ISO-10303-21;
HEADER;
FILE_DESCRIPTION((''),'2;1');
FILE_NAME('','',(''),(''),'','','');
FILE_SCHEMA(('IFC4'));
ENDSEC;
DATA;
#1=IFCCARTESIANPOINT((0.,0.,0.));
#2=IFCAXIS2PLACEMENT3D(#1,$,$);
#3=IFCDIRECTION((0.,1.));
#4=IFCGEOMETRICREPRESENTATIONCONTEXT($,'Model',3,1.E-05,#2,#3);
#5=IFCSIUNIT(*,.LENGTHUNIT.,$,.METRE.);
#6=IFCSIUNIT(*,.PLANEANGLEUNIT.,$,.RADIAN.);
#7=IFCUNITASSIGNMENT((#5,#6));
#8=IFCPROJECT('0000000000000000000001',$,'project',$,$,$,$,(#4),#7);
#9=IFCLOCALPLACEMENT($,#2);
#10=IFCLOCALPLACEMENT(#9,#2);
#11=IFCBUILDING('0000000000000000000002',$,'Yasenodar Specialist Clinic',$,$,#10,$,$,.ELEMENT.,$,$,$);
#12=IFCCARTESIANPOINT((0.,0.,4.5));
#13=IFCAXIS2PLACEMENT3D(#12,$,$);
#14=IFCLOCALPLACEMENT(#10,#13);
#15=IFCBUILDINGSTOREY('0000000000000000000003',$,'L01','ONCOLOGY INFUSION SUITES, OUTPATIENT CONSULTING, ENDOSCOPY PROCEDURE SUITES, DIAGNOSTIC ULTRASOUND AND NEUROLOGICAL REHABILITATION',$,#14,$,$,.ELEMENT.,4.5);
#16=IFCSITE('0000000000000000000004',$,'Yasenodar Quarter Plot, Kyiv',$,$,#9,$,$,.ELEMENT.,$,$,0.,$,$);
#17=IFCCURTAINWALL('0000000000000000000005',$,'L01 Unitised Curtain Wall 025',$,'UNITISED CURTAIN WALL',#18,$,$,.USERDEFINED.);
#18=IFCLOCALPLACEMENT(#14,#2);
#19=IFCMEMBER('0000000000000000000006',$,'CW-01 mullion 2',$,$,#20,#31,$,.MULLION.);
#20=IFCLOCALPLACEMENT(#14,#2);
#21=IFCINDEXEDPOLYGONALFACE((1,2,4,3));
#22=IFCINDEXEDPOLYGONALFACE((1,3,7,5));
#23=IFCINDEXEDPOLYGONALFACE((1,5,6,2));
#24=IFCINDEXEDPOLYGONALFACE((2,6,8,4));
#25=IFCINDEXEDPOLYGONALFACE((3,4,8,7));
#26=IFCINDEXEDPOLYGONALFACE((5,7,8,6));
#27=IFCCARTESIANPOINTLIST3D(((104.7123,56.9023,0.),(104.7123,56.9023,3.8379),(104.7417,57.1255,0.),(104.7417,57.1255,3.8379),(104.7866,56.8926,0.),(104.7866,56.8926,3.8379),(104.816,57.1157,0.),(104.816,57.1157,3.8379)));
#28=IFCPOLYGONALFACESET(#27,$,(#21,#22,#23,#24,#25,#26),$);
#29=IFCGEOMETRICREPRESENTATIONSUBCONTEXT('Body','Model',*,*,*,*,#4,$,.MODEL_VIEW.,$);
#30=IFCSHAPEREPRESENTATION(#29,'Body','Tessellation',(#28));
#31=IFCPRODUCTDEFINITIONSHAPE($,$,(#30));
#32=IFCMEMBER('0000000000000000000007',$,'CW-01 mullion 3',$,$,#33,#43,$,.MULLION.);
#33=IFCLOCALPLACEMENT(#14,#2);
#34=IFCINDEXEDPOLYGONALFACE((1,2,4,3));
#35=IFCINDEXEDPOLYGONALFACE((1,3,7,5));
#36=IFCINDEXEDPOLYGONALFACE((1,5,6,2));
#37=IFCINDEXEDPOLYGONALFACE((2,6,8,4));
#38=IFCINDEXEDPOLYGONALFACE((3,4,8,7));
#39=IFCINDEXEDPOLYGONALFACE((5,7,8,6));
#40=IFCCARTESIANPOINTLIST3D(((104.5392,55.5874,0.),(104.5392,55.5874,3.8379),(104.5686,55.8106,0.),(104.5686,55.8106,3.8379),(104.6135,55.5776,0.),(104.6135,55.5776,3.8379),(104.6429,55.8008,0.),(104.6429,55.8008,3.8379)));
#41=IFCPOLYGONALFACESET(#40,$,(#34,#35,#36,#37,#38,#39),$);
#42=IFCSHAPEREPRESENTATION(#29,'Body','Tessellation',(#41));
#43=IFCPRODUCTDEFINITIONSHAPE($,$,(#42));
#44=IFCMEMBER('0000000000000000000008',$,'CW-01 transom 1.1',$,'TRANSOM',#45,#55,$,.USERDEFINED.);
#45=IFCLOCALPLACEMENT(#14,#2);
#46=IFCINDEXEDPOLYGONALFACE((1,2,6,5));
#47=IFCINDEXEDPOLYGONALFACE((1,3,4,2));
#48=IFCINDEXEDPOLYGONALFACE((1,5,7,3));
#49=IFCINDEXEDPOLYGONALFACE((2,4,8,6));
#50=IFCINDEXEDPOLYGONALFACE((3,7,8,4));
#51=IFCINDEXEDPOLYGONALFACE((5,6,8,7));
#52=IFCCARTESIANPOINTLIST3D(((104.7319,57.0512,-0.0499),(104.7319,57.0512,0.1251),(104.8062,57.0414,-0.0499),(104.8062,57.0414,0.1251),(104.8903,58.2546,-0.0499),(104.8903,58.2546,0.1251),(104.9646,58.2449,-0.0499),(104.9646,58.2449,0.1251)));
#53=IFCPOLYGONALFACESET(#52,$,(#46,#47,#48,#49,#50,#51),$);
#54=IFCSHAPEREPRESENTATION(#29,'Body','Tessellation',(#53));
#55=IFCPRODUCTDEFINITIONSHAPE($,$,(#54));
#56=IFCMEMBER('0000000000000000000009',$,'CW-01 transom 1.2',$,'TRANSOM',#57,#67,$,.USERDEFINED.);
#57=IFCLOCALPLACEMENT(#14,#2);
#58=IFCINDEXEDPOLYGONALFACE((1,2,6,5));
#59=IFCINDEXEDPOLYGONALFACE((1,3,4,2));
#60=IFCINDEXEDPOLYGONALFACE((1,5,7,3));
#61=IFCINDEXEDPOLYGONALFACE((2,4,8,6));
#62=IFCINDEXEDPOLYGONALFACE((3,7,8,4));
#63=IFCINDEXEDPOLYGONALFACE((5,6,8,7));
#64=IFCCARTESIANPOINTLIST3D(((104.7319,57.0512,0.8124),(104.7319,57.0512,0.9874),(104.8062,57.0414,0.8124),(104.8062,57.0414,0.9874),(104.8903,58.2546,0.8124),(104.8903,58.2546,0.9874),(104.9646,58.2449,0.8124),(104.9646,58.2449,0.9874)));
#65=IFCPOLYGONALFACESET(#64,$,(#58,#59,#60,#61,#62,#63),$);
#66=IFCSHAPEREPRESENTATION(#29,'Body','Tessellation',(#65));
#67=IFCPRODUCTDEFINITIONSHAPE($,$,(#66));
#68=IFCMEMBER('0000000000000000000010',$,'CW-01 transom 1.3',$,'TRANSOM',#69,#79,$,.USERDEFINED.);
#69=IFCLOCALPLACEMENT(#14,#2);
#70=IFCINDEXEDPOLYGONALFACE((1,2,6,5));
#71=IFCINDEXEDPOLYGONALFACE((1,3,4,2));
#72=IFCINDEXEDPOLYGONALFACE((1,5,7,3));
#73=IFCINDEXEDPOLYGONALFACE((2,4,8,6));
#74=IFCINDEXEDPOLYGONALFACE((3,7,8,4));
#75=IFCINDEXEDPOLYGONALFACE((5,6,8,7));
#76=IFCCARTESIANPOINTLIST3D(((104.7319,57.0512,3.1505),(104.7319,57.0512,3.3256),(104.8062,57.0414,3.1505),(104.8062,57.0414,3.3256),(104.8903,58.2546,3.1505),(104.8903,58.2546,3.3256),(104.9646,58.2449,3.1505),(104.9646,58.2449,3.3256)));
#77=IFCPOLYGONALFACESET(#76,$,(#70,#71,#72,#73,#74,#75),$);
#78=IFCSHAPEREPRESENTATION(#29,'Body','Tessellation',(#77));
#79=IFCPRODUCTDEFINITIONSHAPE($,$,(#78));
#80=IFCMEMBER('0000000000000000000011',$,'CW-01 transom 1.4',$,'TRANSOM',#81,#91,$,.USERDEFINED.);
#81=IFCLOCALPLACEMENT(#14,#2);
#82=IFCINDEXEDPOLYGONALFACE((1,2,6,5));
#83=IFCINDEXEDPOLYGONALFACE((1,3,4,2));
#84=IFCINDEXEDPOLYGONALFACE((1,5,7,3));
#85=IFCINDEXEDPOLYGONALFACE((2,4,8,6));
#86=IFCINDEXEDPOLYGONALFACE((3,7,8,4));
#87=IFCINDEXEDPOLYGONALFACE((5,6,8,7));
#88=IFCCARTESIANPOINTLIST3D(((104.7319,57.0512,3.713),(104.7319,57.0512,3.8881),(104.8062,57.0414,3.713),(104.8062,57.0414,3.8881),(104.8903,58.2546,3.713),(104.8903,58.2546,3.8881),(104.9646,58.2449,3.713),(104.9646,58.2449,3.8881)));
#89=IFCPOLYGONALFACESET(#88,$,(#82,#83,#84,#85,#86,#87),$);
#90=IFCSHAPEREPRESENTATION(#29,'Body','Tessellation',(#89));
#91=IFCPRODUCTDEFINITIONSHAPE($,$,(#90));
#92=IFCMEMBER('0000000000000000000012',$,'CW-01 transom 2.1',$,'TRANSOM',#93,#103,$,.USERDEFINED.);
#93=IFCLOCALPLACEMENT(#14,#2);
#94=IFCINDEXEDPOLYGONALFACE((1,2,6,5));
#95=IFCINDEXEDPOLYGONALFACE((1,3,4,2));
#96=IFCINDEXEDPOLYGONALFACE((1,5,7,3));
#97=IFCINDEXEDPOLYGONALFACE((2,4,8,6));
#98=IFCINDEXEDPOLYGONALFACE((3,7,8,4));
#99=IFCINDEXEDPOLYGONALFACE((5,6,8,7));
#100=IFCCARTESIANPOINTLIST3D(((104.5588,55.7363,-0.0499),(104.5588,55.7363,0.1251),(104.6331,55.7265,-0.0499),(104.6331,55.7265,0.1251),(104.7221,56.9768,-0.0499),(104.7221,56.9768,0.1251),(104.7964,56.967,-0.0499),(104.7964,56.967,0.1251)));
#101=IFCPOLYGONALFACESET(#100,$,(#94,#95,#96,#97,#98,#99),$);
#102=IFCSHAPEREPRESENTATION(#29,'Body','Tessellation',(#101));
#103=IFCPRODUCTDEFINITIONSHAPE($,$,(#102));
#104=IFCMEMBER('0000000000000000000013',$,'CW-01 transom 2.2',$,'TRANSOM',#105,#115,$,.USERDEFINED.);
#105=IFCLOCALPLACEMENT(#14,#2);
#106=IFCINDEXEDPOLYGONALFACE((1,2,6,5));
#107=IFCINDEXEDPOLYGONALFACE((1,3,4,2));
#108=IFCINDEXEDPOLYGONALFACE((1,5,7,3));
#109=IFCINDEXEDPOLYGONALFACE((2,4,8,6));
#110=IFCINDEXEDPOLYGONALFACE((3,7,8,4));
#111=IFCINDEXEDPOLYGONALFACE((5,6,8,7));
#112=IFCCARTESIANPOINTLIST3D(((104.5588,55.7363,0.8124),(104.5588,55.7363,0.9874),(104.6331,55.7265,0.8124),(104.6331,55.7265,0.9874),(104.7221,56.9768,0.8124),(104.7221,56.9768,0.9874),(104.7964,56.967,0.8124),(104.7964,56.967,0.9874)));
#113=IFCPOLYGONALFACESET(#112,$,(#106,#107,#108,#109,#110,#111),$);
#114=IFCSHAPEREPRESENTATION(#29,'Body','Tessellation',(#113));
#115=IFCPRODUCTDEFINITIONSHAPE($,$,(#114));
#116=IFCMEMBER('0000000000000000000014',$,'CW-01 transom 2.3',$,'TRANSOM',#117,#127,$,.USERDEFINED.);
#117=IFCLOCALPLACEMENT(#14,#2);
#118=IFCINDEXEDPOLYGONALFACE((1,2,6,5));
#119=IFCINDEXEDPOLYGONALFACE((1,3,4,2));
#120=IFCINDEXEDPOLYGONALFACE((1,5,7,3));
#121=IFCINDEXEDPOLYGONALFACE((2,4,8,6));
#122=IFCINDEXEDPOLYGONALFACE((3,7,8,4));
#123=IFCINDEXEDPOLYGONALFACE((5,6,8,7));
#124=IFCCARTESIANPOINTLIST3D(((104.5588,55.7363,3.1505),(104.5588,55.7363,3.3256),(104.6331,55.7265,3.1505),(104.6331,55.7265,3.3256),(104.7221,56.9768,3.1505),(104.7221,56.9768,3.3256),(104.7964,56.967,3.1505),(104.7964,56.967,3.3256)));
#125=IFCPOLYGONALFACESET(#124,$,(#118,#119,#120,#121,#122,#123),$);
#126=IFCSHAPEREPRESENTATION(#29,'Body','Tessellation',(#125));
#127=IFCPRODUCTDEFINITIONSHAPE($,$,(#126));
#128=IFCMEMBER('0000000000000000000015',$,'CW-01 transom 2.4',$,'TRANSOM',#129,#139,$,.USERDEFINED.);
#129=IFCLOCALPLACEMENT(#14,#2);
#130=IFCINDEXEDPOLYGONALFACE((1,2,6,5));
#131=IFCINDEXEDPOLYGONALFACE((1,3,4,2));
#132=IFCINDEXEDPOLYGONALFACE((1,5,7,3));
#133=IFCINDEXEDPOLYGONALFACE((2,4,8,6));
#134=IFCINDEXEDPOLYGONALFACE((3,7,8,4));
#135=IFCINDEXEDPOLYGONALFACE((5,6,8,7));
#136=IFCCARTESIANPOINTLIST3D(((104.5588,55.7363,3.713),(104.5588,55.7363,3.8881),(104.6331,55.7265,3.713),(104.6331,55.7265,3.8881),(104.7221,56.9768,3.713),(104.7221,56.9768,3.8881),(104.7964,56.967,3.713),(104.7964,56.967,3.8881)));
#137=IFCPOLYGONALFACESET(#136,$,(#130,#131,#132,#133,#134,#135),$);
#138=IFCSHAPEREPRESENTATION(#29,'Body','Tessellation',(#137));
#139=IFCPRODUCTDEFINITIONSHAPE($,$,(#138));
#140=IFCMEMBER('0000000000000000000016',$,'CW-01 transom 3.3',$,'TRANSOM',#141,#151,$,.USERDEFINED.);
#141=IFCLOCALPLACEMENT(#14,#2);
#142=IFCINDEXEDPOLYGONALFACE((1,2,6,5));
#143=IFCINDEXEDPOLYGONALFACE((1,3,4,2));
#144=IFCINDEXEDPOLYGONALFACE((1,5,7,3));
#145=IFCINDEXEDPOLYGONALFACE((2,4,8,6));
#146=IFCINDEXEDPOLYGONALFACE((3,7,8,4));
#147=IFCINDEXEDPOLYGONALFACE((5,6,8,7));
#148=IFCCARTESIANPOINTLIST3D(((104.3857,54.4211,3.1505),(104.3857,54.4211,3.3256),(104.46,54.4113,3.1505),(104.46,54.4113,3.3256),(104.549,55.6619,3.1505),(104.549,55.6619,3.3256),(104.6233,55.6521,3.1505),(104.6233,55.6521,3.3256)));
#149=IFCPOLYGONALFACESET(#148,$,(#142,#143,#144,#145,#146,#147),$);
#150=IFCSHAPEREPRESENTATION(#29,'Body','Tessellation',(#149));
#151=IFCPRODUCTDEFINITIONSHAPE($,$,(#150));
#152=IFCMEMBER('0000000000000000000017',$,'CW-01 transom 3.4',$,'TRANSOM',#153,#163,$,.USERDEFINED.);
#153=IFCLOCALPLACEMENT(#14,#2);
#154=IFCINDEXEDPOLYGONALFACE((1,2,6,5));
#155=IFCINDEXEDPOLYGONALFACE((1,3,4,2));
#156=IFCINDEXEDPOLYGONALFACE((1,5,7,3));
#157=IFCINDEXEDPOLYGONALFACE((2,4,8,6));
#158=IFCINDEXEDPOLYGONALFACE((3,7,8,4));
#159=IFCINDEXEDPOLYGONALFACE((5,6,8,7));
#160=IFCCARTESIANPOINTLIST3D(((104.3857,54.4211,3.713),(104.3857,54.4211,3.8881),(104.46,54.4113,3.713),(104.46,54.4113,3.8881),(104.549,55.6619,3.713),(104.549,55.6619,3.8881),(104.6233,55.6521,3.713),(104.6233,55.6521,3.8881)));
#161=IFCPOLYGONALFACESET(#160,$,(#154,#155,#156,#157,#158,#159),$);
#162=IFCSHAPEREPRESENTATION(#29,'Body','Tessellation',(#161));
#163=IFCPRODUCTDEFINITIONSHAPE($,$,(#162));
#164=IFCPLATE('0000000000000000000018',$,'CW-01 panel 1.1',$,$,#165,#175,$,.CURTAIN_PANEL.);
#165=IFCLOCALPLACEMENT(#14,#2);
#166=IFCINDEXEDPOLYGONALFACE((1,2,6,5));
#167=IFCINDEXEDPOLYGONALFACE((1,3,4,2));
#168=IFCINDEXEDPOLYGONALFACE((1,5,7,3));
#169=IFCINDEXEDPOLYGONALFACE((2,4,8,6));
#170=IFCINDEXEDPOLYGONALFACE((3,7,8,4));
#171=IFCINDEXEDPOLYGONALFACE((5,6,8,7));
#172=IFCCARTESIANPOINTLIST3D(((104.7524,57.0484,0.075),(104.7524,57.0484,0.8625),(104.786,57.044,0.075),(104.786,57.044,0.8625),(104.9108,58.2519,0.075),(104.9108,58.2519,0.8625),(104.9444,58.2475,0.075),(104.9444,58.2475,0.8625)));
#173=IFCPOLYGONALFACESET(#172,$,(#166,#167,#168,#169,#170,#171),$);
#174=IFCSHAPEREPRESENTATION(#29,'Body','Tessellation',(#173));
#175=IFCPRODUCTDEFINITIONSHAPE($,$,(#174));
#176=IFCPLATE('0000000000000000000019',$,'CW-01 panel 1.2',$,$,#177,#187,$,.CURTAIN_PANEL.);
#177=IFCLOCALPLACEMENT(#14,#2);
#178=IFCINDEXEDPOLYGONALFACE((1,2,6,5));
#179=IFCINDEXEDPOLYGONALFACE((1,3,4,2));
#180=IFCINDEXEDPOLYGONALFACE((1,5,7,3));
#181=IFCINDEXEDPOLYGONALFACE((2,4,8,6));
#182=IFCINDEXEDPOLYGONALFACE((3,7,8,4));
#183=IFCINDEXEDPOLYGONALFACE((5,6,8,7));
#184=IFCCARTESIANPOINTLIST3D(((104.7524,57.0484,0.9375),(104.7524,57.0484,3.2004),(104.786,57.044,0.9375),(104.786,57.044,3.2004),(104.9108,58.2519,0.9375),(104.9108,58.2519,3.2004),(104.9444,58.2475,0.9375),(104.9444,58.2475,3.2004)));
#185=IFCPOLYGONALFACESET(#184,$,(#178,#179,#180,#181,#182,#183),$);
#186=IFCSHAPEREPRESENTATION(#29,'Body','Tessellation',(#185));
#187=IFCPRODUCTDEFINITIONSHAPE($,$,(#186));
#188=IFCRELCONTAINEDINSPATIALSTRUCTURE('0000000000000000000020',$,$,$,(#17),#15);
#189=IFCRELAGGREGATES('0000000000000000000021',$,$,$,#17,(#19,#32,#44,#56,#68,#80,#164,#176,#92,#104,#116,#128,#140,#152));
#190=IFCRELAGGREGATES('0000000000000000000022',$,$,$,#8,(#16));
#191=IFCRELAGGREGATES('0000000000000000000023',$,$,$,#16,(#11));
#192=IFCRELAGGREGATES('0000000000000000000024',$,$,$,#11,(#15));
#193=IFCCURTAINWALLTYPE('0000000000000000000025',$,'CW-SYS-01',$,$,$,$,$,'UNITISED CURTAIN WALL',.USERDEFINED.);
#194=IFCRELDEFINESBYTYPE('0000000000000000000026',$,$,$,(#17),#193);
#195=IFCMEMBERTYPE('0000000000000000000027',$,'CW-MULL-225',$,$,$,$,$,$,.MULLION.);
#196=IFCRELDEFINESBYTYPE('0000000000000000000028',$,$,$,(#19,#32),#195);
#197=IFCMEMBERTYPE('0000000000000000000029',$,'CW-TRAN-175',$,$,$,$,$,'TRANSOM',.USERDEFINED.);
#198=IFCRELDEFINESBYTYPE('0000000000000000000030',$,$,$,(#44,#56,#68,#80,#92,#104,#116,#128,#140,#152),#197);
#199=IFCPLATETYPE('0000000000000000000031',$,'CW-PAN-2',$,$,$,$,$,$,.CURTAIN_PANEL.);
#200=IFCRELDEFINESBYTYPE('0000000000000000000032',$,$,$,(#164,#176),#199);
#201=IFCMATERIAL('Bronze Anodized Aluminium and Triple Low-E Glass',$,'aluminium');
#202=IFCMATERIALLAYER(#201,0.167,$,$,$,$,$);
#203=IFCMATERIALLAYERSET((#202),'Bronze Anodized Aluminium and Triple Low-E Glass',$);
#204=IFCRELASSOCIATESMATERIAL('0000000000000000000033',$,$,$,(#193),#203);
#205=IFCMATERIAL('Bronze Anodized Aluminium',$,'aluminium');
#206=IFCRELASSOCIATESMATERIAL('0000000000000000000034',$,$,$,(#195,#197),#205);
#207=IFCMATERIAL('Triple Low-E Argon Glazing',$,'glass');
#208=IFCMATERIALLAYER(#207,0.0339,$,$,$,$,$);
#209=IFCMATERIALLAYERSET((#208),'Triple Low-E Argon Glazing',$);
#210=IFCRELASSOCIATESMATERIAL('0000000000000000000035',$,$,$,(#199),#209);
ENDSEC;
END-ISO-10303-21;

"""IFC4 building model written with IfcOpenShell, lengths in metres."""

from ifc_helpers import new_model, si_unit, direction, frame, origin, origin_2d, place, context, subcontext, project, spatial, rectangle, extrude, material, layer, layer_set, material_profile, profile_set, type_object, element, aggregate, save


model = new_model("IFC4")

# Units and contexts
model_context = context("Model", 3, precision=1e-05, world=origin(), true_north=direction((0.0, 1.0)))
body_context = subcontext(model_context, "Body", "Model", "MODEL_VIEW")
ifc_project = project(units=[si_unit("LENGTHUNIT", "METRE"), si_unit("PLANEANGLEUNIT", "RADIAN")], contexts=[model_context])

# Site, building, storey
site_placement = place(None, origin())
site = spatial("IfcSite", under=ifc_project, at=site_placement, Name="Yasenodar Quarter Plot, Kyiv", CompositionType="ELEMENT", RefElevation=0.0)
building_placement = place(site_placement, origin())
building = spatial("IfcBuilding", under=site, at=building_placement, Name="Yasenodar Specialist Clinic", CompositionType="ELEMENT")
storey_placement = place(building_placement, frame((0.0, 0.0, 4.5)))
storey = spatial("IfcBuildingStorey", under=building, at=storey_placement, Name="L01", Description="ONCOLOGY INFUSION SUITES, OUTPATIENT CONSULTING, ENDOSCOPY PROCEDURE SUITES, DIAGNOSTIC ULTRASOUND AND NEUROLOGICAL REHABILITATION", CompositionType="ELEMENT", Elevation=4.5)

# Curtain wall, members, plates
ifc_material_1 = material(Name="Bronze Anodized Aluminium and Triple Low-E Glass", Category="aluminium")
ifc_layer_1 = layer(ifc_material_1, 0.167)
ifc_layer_set_1 = layer_set([ifc_layer_1], Name="Bronze Anodized Aluminium and Triple Low-E Glass")
curtain_wall_type = type_object("IfcCurtainWallType", Name="CW-SYS-01", ElementType="UNITISED CURTAIN WALL", PredefinedType="USERDEFINED", material=ifc_layer_set_1)
curtain_wall_placement = place(storey_placement, origin())
curtain_wall = element("IfcCurtainWall", 1, at=curtain_wall_placement, inside=storey, type_object=curtain_wall_type, Name="L01 Unitised Curtain Wall 025", ObjectType="UNITISED CURTAIN WALL", PredefinedType="USERDEFINED")
ifc_material_2 = material(Name="Bronze Anodized Aluminium", Category="aluminium")
ifc_material_profile_1 = material_profile(ifc_material_2, rectangle(XDim=0.075, YDim=0.2251, at=origin_2d()), Name="CW-MULL 75x225")
ifc_profile_set_1 = profile_set([ifc_material_profile_1], Name="Bronze Anodized Aluminium")
member_type_1 = type_object("IfcMemberType", Name="CW-MULL-225", PredefinedType="MULLION", material=ifc_profile_set_1)
member_1_placement = place(storey_placement, frame((104.7642, 57.009, 0.0), z_axis=(0.0, 0.0, 1.0), x_axis=(0.991447, -0.130512, 0.0)))
member_1 = element("IfcMember", 2, at=member_1_placement, type_object=member_type_1, Name="CW-01 mullion 2", PredefinedType="MULLION", context=body_context, shape_type="SweptSolid", body=[
    extrude(rectangle(XDim=0.075, YDim=0.2251, at=origin_2d()), origin(), (0.0, 0.0, 1.0), 3.8379),
])
member_2_placement = place(storey_placement, frame((104.5911, 55.6941, 0.0), z_axis=(0.0, 0.0, 1.0), x_axis=(0.991447, -0.130512, 0.0)))
member_2 = element("IfcMember", 3, at=member_2_placement, type_object=member_type_1, Name="CW-01 mullion 3", PredefinedType="MULLION", context=body_context, shape_type="SweptSolid", body=[
    extrude(rectangle(XDim=0.075, YDim=0.2251, at=origin_2d()), origin(), (0.0, 0.0, 1.0), 3.8379),
])
ifc_material_profile_2 = material_profile(ifc_material_2, rectangle(XDim=0.075, YDim=0.175, at=origin_2d()), Name="CW-TRAN 75x175")
ifc_profile_set_2 = profile_set([ifc_material_profile_2], Name="Bronze Anodized Aluminium")
member_type_2 = type_object("IfcMemberType", Name="CW-TRAN-175", ElementType="TRANSOM", PredefinedType="USERDEFINED", material=ifc_profile_set_2)
member_3_placement = place(storey_placement, frame((104.9275, 58.2498, 0.0376), z_axis=(-0.130543, -0.991443, 0.0), x_axis=(0.991443, -0.130543, 0.0)))
member_3 = element("IfcMember", 4, at=member_3_placement, type_object=member_type_2, Name="CW-01 transom 1.1", ObjectType="TRANSOM", PredefinedType="USERDEFINED", context=body_context, shape_type="SweptSolid", body=[
    extrude(rectangle(XDim=0.075, YDim=0.175, at=origin_2d()), origin(), (0.0, 0.0, 1.0), 1.2139),
])
member_4_placement = place(storey_placement, frame((104.9275, 58.2498, 0.8999), z_axis=(-0.130543, -0.991443, 0.0), x_axis=(0.991443, -0.130543, 0.0)))
member_4 = element("IfcMember", 5, at=member_4_placement, type_object=member_type_2, Name="CW-01 transom 1.2", ObjectType="TRANSOM", PredefinedType="USERDEFINED", context=body_context, shape_type="SweptSolid", body=[
    extrude(rectangle(XDim=0.075, YDim=0.175, at=origin_2d()), origin(), (0.0, 0.0, 1.0), 1.2139),
])
member_5_placement = place(storey_placement, frame((104.9275, 58.2498, 3.238), z_axis=(-0.130543, -0.991443, 0.0), x_axis=(0.991443, -0.130543, 0.0)))
member_5 = element("IfcMember", 6, at=member_5_placement, type_object=member_type_2, Name="CW-01 transom 1.3", ObjectType="TRANSOM", PredefinedType="USERDEFINED", context=body_context, shape_type="SweptSolid", body=[
    extrude(rectangle(XDim=0.075, YDim=0.175, at=origin_2d()), origin(), (0.0, 0.0, 1.0), 1.2139),
])
member_6_placement = place(storey_placement, frame((104.9275, 58.2498, 3.8005), z_axis=(-0.130543, -0.991443, 0.0), x_axis=(0.991443, -0.130543, 0.0)))
member_6 = element("IfcMember", 7, at=member_6_placement, type_object=member_type_2, Name="CW-01 transom 1.4", ObjectType="TRANSOM", PredefinedType="USERDEFINED", context=body_context, shape_type="SweptSolid", body=[
    extrude(rectangle(XDim=0.075, YDim=0.175, at=origin_2d()), origin(), (0.0, 0.0, 1.0), 1.2139),
])
member_7_placement = place(storey_placement, frame((104.7593, 56.9719, 0.0376), z_axis=(-0.13054, -0.991443, 0.0), x_axis=(0.991443, -0.13054, 0.0)))
member_7 = element("IfcMember", 8, at=member_7_placement, type_object=member_type_2, Name="CW-01 transom 2.1", ObjectType="TRANSOM", PredefinedType="USERDEFINED", context=body_context, shape_type="SweptSolid", body=[
    extrude(rectangle(XDim=0.075, YDim=0.175, at=origin_2d()), origin(), (0.0, 0.0, 1.0), 1.2512),
])
member_8_placement = place(storey_placement, frame((104.7593, 56.9719, 0.8999), z_axis=(-0.13054, -0.991443, 0.0), x_axis=(0.991443, -0.13054, 0.0)))
member_8 = element("IfcMember", 9, at=member_8_placement, type_object=member_type_2, Name="CW-01 transom 2.2", ObjectType="TRANSOM", PredefinedType="USERDEFINED", context=body_context, shape_type="SweptSolid", body=[
    extrude(rectangle(XDim=0.075, YDim=0.175, at=origin_2d()), origin(), (0.0, 0.0, 1.0), 1.2512),
])
member_9_placement = place(storey_placement, frame((104.7593, 56.9719, 3.238), z_axis=(-0.13054, -0.991443, 0.0), x_axis=(0.991443, -0.13054, 0.0)))
member_9 = element("IfcMember", 10, at=member_9_placement, type_object=member_type_2, Name="CW-01 transom 2.3", ObjectType="TRANSOM", PredefinedType="USERDEFINED", context=body_context, shape_type="SweptSolid", body=[
    extrude(rectangle(XDim=0.075, YDim=0.175, at=origin_2d()), origin(), (0.0, 0.0, 1.0), 1.2512),
])
member_10_placement = place(storey_placement, frame((104.7593, 56.9719, 3.8005), z_axis=(-0.13054, -0.991443, 0.0), x_axis=(0.991443, -0.13054, 0.0)))
member_10 = element("IfcMember", 11, at=member_10_placement, type_object=member_type_2, Name="CW-01 transom 2.4", ObjectType="TRANSOM", PredefinedType="USERDEFINED", context=body_context, shape_type="SweptSolid", body=[
    extrude(rectangle(XDim=0.075, YDim=0.175, at=origin_2d()), origin(), (0.0, 0.0, 1.0), 1.2512),
])
member_11_placement = place(storey_placement, frame((104.5862, 55.657, 3.238), z_axis=(-0.130515, -0.991446, 0.0), x_axis=(0.991446, -0.130515, 0.0)))
member_11 = element("IfcMember", 12, at=member_11_placement, type_object=member_type_2, Name="CW-01 transom 3.3", ObjectType="TRANSOM", PredefinedType="USERDEFINED", context=body_context, shape_type="SweptSolid", body=[
    extrude(rectangle(XDim=0.075, YDim=0.175, at=origin_2d()), origin(), (0.0, 0.0, 1.0), 1.2515),
])
member_12_placement = place(storey_placement, frame((104.5862, 55.657, 3.8005), z_axis=(-0.130515, -0.991446, 0.0), x_axis=(0.991446, -0.130515, 0.0)))
member_12 = element("IfcMember", 13, at=member_12_placement, type_object=member_type_2, Name="CW-01 transom 3.4", ObjectType="TRANSOM", PredefinedType="USERDEFINED", context=body_context, shape_type="SweptSolid", body=[
    extrude(rectangle(XDim=0.075, YDim=0.175, at=origin_2d()), origin(), (0.0, 0.0, 1.0), 1.2515),
])
ifc_material_3 = material(Name="Triple Low-E Argon Glazing", Category="glass")
ifc_layer_2 = layer(ifc_material_3, 0.0339)
ifc_layer_set_2 = layer_set([ifc_layer_2], Name="Triple Low-E Argon Glazing")
plate_type_1 = type_object("IfcPlateType", Name="CW-PAN-2", PredefinedType="CURTAIN_PANEL", material=ifc_layer_set_2)
plate_1_placement = place(storey_placement, frame((104.8484, 57.6479, 0.075), z_axis=(0.0, 0.0, 1.0), x_axis=(-0.130512, -0.991447, 0.0)))
plate_1 = element("IfcPlate", 14, at=plate_1_placement, type_object=plate_type_1, Name="CW-01 panel 1.1", PredefinedType="CURTAIN_PANEL", context=body_context, shape_type="SweptSolid", body=[
    extrude(rectangle(XDim=1.2139, YDim=0.0339, at=origin_2d()), origin(), (0.0, 0.0, 1.0), 0.7876),
])
plate_2_placement = place(storey_placement, frame((104.8484, 57.6479, 0.9375), z_axis=(0.0, 0.0, 1.0), x_axis=(-0.130512, -0.991447, 0.0)))
plate_2 = element("IfcPlate", 15, at=plate_2_placement, type_object=plate_type_1, Name="CW-01 panel 1.2", PredefinedType="CURTAIN_PANEL", context=body_context, shape_type="SweptSolid", body=[
    extrude(rectangle(XDim=1.2139, YDim=0.0339, at=origin_2d()), origin(), (0.0, 0.0, 1.0), 2.2629),
])
aggregate(curtain_wall, [member_1, member_2, member_3, member_4, member_5, member_6, plate_1, plate_2, member_7, member_8, member_9, member_10, member_11, member_12])

save(model, "model.ifc")
